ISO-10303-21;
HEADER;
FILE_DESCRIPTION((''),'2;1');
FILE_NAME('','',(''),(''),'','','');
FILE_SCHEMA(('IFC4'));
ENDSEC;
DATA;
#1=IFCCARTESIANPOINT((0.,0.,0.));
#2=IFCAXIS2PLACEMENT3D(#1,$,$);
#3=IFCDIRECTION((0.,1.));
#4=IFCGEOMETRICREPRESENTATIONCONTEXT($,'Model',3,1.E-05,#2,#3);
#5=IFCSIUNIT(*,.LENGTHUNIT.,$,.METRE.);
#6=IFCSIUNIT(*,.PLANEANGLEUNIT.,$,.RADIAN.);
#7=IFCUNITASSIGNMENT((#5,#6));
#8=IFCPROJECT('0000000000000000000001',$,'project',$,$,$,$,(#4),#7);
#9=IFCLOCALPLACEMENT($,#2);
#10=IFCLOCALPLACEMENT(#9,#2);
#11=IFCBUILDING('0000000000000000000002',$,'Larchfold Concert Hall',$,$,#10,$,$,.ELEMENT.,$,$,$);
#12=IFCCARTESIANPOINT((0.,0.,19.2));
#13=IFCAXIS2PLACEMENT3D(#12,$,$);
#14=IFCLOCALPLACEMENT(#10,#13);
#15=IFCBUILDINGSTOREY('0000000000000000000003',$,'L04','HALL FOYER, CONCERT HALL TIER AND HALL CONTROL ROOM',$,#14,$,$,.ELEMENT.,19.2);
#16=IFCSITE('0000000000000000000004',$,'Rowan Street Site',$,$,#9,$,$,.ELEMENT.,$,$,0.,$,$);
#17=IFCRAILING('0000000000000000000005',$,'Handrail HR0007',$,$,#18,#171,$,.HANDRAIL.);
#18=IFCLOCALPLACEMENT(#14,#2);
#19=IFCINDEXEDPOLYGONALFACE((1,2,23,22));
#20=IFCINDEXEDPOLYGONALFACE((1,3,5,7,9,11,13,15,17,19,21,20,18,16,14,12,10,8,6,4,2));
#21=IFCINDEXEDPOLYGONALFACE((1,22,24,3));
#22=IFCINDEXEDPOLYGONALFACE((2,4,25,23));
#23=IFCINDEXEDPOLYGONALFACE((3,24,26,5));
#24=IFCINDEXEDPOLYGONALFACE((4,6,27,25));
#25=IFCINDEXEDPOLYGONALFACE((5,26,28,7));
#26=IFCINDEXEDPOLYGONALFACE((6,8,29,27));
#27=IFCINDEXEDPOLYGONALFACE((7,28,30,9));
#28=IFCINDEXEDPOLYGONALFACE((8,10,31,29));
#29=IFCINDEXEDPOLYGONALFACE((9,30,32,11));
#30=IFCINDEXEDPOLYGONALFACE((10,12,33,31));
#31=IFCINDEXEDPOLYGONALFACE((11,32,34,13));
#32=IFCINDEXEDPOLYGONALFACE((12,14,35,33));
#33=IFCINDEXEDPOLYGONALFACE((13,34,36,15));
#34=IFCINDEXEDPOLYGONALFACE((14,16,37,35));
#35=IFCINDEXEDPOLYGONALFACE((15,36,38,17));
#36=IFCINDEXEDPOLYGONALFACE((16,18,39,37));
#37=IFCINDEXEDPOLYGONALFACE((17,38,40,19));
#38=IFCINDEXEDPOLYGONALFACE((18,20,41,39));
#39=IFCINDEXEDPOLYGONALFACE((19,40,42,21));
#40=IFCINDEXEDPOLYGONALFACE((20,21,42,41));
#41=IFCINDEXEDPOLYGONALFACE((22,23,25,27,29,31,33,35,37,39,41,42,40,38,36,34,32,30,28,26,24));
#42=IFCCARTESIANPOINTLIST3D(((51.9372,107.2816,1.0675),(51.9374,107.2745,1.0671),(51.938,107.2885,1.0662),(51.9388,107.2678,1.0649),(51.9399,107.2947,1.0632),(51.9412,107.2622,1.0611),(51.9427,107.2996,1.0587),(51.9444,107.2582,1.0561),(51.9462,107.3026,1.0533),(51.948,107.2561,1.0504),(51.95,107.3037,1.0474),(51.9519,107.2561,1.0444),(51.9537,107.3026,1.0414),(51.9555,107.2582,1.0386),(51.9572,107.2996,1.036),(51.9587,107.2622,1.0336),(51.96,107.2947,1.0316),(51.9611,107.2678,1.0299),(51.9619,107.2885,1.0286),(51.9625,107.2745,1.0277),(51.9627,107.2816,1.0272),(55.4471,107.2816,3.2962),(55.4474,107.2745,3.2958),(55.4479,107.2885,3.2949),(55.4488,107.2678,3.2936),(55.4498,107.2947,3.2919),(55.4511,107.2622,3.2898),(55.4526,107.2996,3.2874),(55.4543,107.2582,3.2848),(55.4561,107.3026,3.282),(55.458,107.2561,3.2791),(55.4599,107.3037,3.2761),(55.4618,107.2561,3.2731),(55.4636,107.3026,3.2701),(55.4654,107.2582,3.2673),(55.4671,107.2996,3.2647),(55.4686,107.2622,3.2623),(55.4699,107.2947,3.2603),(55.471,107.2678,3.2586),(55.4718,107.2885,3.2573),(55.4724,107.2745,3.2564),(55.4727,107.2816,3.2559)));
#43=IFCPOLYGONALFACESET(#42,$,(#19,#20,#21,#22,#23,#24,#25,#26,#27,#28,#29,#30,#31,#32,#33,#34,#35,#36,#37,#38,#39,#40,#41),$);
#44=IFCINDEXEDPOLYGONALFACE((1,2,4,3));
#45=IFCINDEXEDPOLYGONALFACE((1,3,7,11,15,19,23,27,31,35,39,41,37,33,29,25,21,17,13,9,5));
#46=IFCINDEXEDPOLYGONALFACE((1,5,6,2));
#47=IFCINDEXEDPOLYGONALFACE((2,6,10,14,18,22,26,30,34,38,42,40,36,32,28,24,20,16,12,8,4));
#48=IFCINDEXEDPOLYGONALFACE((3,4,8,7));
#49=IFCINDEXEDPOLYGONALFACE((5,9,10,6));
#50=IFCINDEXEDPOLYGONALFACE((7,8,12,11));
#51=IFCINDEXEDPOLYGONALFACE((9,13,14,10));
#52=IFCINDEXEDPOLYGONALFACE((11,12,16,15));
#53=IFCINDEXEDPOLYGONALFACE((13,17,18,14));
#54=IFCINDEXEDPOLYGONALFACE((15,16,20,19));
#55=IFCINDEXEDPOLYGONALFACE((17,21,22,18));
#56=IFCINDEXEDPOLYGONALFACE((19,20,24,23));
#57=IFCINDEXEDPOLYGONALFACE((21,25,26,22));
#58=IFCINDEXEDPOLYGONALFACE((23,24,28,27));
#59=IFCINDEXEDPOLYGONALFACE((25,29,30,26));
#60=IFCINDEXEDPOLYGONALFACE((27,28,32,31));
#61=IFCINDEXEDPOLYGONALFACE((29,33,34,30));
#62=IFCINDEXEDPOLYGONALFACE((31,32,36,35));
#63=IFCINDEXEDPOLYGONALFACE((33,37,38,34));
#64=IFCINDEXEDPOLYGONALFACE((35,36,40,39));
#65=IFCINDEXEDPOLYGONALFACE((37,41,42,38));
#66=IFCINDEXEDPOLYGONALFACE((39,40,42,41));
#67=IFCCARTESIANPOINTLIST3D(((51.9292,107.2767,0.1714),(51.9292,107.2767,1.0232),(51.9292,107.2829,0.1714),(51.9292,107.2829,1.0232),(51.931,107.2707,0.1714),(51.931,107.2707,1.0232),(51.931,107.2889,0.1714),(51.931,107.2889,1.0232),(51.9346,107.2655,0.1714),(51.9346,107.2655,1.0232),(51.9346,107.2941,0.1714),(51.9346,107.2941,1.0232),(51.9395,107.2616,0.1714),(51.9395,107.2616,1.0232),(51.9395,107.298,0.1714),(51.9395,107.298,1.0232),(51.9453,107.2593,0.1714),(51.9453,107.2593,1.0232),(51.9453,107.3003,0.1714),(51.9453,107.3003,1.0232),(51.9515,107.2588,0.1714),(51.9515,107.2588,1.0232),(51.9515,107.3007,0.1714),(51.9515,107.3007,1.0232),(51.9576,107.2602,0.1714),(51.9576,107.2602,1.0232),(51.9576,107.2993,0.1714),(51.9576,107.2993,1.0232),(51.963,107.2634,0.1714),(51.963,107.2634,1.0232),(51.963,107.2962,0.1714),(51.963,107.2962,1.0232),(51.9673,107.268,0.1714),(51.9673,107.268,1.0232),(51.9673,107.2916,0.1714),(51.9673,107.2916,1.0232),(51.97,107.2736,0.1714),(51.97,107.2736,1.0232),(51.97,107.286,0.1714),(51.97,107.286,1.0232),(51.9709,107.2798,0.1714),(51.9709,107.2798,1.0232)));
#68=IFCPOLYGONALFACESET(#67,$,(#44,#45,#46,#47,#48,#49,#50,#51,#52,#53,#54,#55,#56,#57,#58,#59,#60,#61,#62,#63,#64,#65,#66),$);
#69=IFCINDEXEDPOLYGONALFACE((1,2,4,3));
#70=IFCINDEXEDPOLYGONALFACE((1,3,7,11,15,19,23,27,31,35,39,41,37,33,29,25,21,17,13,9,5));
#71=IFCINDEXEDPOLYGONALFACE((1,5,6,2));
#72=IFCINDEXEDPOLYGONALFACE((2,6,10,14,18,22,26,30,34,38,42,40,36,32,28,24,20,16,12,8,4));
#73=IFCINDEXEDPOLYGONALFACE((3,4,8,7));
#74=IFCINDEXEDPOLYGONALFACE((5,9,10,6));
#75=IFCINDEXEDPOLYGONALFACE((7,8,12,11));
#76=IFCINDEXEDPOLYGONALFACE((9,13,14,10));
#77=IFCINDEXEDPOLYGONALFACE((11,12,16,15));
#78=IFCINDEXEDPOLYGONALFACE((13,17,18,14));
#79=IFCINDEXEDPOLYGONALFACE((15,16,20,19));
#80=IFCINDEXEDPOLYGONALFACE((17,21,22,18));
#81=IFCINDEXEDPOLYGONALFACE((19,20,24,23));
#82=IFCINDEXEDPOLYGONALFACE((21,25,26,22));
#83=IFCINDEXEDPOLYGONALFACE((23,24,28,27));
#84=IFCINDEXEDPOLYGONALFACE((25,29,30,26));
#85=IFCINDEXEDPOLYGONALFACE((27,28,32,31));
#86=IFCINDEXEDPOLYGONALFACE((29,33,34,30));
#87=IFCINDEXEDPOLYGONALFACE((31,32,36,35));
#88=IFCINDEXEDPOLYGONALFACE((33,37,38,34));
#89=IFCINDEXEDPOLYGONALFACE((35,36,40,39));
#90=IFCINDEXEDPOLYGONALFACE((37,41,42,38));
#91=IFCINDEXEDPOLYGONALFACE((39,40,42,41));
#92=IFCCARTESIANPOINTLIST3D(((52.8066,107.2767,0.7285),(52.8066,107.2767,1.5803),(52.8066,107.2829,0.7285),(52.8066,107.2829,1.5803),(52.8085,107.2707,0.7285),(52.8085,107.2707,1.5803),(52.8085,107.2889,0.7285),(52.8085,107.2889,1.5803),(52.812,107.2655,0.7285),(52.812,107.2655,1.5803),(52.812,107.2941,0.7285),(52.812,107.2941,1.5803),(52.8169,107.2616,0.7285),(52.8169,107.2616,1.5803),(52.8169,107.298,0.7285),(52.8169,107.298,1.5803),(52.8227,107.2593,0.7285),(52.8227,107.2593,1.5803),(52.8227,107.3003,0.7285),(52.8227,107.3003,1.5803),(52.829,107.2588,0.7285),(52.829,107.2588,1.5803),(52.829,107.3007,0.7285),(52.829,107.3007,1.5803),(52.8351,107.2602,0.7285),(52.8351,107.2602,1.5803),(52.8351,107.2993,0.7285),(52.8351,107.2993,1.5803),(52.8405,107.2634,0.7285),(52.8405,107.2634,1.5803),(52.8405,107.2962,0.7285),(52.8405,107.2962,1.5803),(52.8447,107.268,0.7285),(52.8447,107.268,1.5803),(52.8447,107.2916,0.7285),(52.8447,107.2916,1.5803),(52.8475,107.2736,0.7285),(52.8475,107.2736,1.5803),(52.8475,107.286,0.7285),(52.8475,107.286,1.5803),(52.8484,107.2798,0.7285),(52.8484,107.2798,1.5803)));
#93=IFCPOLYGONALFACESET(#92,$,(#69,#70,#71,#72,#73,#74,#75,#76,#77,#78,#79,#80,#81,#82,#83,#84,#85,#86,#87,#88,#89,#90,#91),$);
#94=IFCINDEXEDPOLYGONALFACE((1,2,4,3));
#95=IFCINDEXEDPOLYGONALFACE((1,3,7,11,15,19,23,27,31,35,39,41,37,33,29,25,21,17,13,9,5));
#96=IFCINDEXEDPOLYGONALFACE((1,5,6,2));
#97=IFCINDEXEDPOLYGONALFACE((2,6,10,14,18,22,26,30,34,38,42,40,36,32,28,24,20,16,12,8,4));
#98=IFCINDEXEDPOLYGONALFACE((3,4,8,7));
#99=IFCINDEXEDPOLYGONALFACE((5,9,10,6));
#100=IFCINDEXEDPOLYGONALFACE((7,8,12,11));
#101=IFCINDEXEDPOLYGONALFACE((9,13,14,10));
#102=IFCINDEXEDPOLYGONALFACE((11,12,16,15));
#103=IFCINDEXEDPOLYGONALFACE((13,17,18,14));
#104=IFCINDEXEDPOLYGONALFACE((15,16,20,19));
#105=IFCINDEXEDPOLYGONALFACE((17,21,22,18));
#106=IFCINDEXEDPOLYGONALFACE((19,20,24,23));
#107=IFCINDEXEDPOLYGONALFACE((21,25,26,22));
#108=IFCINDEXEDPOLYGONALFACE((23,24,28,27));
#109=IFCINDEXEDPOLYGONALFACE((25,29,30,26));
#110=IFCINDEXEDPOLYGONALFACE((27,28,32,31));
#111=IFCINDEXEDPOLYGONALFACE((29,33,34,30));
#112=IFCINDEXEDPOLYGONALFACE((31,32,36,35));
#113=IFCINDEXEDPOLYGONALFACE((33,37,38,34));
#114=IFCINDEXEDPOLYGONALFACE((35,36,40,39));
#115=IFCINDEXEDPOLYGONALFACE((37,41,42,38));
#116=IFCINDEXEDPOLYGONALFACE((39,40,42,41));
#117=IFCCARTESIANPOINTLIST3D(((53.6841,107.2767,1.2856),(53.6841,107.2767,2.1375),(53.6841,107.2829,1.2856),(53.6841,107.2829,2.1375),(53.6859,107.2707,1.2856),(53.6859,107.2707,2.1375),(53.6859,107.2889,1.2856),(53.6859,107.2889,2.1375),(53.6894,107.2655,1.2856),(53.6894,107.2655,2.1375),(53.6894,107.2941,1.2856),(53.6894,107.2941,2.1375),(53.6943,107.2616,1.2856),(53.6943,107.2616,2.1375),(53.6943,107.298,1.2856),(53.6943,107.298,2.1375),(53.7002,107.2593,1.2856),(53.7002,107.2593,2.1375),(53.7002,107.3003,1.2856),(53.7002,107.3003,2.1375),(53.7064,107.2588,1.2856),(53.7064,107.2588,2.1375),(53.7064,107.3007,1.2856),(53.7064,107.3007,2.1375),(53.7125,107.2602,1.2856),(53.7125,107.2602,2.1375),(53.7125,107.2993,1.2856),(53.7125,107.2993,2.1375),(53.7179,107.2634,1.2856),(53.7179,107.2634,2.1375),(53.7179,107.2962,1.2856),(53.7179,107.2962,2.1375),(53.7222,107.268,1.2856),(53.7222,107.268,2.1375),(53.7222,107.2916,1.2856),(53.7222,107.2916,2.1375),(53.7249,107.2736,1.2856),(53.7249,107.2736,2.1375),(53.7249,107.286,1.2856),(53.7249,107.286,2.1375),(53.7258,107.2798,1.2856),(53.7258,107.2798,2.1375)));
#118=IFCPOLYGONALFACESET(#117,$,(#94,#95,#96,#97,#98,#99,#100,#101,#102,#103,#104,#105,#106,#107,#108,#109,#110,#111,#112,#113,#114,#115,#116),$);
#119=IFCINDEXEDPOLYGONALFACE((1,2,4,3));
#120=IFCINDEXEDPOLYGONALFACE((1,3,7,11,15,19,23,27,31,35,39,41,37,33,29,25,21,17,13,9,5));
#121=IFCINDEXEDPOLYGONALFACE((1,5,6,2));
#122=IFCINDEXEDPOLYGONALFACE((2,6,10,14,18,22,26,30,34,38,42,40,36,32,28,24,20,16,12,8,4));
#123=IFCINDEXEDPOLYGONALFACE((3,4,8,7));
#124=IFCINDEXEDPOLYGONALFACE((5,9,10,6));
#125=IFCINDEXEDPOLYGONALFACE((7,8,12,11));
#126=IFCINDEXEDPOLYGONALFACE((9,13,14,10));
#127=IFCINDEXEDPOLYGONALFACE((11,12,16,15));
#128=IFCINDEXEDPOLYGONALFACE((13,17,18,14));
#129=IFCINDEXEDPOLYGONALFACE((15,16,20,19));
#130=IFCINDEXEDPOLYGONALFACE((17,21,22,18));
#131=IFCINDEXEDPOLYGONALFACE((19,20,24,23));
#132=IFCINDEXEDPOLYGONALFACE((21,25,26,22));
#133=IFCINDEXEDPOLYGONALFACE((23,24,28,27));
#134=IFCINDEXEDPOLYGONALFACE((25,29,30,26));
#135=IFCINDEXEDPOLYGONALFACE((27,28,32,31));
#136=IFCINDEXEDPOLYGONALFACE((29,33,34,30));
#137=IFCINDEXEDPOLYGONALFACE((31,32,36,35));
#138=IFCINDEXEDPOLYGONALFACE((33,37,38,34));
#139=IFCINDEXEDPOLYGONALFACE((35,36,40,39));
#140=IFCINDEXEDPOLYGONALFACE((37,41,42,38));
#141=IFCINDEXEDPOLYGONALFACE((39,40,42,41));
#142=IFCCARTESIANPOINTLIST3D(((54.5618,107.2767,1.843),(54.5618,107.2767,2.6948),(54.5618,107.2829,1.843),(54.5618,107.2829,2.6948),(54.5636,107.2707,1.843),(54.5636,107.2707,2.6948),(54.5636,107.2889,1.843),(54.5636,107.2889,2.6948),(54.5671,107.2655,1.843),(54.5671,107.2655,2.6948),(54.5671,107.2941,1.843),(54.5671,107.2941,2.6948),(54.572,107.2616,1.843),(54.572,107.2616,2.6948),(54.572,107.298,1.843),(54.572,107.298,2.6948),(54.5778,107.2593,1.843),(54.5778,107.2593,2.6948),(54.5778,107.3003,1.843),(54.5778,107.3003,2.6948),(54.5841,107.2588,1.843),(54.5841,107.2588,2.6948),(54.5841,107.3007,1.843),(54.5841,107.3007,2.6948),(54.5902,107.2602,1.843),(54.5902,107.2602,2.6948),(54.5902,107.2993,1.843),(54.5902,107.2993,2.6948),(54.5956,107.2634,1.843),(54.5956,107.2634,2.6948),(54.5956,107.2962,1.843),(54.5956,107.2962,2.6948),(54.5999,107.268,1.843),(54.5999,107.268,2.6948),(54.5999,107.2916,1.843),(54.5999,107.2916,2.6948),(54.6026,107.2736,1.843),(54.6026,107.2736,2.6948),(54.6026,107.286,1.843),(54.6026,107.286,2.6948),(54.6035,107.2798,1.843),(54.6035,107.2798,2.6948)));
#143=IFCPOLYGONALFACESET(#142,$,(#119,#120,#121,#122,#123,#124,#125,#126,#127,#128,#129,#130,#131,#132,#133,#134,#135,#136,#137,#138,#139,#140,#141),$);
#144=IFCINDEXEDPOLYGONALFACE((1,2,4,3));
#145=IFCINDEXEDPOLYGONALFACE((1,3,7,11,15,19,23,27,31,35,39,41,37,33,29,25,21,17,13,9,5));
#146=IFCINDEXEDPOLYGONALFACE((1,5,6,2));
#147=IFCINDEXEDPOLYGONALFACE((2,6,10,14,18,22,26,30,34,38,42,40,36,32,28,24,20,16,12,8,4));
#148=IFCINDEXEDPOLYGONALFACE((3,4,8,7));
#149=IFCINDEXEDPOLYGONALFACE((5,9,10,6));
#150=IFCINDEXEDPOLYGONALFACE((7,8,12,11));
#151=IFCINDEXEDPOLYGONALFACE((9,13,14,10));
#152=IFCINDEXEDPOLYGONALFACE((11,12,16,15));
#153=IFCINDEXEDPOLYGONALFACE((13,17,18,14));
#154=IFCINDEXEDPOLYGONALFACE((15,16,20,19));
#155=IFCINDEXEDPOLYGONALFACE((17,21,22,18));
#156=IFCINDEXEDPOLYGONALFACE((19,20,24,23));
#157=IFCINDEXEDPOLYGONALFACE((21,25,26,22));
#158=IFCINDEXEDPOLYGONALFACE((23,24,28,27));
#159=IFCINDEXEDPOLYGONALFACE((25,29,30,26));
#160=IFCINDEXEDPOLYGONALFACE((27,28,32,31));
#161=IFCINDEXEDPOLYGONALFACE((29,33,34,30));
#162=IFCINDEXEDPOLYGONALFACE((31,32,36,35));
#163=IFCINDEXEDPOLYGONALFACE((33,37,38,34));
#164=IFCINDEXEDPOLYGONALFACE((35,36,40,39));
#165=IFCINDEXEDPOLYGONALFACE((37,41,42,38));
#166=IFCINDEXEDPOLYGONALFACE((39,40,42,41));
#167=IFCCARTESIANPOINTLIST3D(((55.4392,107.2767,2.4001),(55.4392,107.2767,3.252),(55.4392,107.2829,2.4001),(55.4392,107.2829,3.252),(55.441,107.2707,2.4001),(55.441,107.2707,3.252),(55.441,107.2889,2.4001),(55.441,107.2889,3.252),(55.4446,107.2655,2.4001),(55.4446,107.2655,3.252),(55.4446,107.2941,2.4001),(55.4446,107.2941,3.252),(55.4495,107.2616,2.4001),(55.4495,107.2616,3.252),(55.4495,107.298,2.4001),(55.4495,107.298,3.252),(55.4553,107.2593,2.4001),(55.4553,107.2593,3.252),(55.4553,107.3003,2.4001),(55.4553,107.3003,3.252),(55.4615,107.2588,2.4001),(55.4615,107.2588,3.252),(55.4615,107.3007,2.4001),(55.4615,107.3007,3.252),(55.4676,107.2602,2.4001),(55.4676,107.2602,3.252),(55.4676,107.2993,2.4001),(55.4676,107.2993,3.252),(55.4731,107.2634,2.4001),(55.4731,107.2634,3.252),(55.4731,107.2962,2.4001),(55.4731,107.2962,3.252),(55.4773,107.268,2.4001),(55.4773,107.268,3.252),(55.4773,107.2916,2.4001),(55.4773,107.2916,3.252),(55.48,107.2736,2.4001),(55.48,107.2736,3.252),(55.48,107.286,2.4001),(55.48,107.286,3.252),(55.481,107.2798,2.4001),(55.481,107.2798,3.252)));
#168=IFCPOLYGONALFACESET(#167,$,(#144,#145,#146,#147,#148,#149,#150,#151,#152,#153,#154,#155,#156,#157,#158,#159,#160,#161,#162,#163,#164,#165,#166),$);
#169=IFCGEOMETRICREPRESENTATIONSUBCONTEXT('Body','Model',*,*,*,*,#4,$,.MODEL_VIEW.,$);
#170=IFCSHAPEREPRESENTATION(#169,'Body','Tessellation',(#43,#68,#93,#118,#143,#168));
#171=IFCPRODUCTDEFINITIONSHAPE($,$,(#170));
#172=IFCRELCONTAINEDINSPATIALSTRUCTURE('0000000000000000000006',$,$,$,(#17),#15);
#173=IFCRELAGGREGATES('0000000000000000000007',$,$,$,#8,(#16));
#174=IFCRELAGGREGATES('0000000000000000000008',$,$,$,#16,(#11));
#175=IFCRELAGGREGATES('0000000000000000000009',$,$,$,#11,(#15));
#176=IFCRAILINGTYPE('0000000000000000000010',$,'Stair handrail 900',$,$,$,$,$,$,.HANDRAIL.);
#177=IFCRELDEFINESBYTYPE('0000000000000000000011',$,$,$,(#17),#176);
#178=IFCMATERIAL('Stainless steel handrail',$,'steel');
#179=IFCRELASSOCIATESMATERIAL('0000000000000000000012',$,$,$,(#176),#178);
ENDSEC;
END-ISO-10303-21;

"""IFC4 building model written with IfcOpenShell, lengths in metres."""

from ifc_helpers import new_model, si_unit, direction, frame, origin, origin_2d, place, context, subcontext, project, spatial, circle, extrude, material, type_object, element, save


model = new_model("IFC4")

# Units and contexts
model_context = context("Model", 3, precision=1e-05, world=origin(), true_north=direction((0.0, 1.0)))
body_context = subcontext(model_context, "Body", "Model", "MODEL_VIEW")
ifc_project = project(units=[si_unit("LENGTHUNIT", "METRE"), si_unit("PLANEANGLEUNIT", "RADIAN")], contexts=[model_context])

# Site, building, storey
site_placement = place(None, origin())
site = spatial("IfcSite", under=ifc_project, at=site_placement, Name="Rowan Street Site", CompositionType="ELEMENT", RefElevation=0.0)
building_placement = place(site_placement, origin())
building = spatial("IfcBuilding", under=site, at=building_placement, Name="Larchfold Concert Hall", CompositionType="ELEMENT")
storey_placement = place(building_placement, frame((0.0, 0.0, 19.2)))
storey = spatial("IfcBuildingStorey", under=building, at=storey_placement, Name="L04", Description="HALL FOYER, CONCERT HALL TIER AND HALL CONTROL ROOM", CompositionType="ELEMENT", Elevation=19.2)

# Railing
ifc_material_1 = material(Name="Stainless steel handrail", Category="steel")
railing_type_1 = type_object("IfcRailingType", Name="Stair handrail 900", PredefinedType="HANDRAIL", material=ifc_material_1)
railing_1_placement = place(storey_placement, frame((51.95, 107.2798, 0.1714)))
element("IfcRailing", 1, at=railing_1_placement, inside=storey, type_object=railing_type_1, Name="Handrail HR0007", PredefinedType="HANDRAIL", context=body_context, shape_type="SweptSolid", body=[
    extrude(circle(Radius=0.0239, at=origin_2d()), frame((0.0, 0.0, 0.876), z_axis=(0.844193, 0.0, 0.536039), x_axis=(0.0, 1.0, 0.0)), (0.0, 0.0, 1.0), 4.1577),
    extrude(circle(Radius=0.021, at=origin_2d()), origin(), (0.0, 0.0, 1.0), 0.8518),
    extrude(circle(Radius=0.021, at=origin_2d()), frame((0.8774, 0.0, 0.5571)), (0.0, 0.0, 1.0), 0.8518),
    extrude(circle(Radius=0.021, at=origin_2d()), frame((1.7549, 0.0, 1.1143)), (0.0, 0.0, 1.0), 0.8518),
    extrude(circle(Radius=0.021, at=origin_2d()), frame((2.6326, 0.0, 1.6716)), (0.0, 0.0, 1.0), 0.8518),
    extrude(circle(Radius=0.021, at=origin_2d()), frame((3.51, 0.0, 2.2288)), (0.0, 0.0, 1.0), 0.8518),
])

save(model, "model.ifc")
